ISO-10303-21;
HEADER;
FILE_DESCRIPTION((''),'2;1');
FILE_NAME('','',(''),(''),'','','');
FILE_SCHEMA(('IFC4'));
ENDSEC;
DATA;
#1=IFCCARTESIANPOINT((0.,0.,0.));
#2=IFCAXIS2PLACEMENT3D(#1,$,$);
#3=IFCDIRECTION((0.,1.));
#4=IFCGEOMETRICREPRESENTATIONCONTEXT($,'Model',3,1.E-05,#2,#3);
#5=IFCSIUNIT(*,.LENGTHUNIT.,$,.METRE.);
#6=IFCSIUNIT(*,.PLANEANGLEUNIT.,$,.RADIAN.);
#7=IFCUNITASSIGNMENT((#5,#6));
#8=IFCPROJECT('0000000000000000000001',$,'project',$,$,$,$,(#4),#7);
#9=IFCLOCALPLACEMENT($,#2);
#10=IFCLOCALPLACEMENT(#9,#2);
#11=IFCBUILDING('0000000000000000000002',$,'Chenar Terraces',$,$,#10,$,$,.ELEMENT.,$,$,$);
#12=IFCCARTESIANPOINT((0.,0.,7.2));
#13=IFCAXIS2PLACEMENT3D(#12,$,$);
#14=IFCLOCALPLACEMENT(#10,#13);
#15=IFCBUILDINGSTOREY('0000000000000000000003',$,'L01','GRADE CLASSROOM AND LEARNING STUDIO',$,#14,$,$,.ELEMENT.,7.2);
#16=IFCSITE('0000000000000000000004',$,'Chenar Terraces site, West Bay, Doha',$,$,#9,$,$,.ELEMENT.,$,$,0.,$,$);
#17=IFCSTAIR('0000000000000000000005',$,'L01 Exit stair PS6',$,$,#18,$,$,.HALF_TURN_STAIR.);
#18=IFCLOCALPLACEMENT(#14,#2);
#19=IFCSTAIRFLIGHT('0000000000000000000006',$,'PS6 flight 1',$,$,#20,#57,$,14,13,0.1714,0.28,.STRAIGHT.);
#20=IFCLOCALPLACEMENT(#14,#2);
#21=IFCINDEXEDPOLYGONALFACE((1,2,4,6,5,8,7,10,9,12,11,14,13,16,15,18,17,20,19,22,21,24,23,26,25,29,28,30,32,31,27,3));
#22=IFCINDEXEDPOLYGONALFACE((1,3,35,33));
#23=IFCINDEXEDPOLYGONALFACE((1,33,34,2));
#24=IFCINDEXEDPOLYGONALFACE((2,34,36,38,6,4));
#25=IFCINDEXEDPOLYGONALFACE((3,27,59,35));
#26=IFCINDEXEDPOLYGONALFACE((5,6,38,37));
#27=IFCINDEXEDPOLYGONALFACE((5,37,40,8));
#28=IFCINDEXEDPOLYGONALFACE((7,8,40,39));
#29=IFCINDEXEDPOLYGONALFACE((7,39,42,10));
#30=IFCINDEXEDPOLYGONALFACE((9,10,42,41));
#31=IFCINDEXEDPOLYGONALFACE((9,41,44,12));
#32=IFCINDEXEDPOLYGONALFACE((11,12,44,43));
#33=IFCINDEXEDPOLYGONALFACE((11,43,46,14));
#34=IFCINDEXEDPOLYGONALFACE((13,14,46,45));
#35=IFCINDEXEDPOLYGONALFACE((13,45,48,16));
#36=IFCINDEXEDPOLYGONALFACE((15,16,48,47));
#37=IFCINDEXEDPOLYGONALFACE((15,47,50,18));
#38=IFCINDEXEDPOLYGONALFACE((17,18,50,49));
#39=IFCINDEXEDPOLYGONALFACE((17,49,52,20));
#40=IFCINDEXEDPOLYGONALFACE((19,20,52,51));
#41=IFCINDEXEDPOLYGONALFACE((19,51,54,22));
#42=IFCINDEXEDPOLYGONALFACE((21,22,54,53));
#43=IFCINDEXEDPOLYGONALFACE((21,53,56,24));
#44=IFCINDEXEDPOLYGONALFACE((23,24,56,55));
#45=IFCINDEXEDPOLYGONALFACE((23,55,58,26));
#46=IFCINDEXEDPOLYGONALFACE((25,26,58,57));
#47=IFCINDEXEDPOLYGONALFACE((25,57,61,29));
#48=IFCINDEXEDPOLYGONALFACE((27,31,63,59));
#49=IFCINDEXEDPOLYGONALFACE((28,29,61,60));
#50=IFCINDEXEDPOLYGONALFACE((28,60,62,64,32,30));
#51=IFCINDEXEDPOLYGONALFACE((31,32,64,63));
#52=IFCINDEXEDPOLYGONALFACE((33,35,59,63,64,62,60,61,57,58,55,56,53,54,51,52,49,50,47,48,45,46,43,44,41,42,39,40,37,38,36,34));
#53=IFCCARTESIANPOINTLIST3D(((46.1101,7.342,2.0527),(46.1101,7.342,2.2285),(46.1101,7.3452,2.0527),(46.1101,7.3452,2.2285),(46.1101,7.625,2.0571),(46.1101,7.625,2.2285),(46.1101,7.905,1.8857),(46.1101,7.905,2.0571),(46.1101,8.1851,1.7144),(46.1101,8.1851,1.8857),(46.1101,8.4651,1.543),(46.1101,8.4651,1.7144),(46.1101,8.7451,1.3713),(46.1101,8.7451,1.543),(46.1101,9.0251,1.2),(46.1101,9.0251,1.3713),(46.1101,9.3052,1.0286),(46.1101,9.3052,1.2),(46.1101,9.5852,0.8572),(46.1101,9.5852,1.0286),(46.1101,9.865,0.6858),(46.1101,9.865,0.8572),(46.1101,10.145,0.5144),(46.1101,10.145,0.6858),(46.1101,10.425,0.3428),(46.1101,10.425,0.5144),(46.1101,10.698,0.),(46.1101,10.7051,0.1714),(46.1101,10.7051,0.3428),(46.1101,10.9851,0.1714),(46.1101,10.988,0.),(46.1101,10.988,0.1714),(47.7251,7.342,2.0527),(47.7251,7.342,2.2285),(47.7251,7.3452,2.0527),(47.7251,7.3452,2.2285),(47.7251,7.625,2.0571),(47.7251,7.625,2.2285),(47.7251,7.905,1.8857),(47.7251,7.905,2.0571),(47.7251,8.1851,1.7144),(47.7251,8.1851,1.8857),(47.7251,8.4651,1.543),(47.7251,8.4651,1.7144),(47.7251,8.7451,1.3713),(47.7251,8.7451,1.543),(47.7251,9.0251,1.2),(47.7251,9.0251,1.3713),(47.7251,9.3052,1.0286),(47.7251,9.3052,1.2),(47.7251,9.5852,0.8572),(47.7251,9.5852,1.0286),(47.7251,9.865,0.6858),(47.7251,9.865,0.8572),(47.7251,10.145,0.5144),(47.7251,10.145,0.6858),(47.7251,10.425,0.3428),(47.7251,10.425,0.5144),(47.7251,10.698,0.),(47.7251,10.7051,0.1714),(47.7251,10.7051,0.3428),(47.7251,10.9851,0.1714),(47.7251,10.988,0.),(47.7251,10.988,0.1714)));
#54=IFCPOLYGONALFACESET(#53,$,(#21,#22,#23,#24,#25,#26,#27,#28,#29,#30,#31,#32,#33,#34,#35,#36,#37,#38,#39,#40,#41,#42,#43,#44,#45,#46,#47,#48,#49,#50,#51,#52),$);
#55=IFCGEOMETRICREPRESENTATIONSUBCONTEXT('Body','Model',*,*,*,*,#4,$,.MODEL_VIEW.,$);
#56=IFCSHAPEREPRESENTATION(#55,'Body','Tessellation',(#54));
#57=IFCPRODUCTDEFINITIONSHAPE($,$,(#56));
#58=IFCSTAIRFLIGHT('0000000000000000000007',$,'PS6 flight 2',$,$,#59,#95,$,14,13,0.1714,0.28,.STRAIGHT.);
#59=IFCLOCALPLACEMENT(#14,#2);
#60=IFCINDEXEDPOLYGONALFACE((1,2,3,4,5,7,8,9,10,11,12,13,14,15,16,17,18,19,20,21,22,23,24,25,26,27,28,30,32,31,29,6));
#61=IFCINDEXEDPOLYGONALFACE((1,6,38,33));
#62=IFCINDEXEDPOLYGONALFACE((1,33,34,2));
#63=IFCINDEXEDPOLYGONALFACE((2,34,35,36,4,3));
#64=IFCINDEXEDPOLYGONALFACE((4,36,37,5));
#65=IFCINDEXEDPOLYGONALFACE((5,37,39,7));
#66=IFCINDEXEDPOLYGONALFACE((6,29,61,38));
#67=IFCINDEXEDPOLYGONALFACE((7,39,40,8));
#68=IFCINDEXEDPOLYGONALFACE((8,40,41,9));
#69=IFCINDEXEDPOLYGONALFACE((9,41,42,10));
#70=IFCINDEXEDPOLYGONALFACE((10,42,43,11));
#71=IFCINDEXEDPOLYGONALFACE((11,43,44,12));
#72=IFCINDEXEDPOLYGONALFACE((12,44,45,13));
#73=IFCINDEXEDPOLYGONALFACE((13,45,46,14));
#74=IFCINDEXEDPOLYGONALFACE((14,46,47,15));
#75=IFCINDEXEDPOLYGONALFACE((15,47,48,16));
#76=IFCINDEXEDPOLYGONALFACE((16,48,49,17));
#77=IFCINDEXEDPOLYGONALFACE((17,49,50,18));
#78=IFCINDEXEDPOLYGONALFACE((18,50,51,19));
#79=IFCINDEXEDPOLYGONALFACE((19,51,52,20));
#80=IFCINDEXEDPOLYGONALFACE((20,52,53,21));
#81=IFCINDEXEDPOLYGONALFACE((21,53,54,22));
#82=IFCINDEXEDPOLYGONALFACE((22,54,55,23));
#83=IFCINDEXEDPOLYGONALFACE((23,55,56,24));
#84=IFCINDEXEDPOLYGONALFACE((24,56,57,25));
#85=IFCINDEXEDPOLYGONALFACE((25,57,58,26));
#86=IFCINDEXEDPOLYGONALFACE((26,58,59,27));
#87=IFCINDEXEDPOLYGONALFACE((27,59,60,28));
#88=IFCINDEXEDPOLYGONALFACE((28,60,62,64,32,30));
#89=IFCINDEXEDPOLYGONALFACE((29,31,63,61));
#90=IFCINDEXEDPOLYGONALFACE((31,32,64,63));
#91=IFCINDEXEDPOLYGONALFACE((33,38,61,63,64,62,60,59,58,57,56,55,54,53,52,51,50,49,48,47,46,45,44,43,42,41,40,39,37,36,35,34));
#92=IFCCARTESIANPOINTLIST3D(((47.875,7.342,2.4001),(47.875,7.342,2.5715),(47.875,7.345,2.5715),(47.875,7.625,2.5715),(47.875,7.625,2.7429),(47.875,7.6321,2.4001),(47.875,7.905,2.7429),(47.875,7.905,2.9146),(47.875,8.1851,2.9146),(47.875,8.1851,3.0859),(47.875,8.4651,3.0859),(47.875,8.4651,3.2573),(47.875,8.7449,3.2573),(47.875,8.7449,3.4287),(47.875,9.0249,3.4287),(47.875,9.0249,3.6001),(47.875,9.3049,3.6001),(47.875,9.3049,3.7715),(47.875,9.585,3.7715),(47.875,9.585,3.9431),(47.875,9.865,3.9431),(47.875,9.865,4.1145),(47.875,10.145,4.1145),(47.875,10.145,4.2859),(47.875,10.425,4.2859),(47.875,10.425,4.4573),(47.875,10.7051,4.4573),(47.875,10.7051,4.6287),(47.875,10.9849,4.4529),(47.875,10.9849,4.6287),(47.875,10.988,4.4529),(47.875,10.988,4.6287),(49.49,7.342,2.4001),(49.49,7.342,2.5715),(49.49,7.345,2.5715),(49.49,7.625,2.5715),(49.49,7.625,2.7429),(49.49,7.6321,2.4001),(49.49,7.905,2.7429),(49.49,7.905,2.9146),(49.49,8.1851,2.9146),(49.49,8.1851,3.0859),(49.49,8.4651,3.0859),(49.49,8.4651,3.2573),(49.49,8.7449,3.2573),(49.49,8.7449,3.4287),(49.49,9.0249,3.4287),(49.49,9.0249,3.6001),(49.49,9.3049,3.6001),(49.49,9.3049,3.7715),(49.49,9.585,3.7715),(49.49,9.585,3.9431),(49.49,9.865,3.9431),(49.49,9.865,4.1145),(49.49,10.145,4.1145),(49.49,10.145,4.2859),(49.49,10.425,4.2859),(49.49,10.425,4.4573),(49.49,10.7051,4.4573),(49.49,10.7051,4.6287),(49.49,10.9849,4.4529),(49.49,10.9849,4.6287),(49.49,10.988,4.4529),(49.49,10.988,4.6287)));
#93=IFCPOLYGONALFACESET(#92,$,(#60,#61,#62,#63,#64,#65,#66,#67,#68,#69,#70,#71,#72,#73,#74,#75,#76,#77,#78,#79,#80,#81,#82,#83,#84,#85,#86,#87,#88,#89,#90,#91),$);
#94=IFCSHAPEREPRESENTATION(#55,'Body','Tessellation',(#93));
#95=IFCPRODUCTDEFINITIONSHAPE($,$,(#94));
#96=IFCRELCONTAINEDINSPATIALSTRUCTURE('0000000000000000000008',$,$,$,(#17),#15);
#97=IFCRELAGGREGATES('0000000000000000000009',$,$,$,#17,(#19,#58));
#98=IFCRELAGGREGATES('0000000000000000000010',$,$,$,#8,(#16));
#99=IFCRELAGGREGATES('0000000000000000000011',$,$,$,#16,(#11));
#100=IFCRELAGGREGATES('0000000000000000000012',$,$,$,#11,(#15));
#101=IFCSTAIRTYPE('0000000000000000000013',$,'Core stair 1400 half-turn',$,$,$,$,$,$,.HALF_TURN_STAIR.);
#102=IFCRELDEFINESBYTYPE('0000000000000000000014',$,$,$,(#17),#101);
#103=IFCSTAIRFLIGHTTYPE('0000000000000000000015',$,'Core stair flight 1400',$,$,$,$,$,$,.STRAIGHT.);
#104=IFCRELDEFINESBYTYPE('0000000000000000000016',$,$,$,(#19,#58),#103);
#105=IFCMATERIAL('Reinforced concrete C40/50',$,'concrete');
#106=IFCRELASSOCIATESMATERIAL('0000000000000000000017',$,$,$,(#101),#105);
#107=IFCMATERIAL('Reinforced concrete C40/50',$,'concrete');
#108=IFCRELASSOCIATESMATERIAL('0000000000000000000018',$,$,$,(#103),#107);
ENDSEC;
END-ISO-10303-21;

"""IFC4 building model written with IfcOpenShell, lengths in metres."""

from ifc_helpers import new_model, si_unit, direction, frame, origin, place, context, subcontext, project, spatial, polyline, outline, extrude, material, type_object, element, aggregate, save


model = new_model("IFC4")

# Units and contexts
model_context = context("Model", 3, precision=1e-05, world=origin(), true_north=direction((0.0, 1.0)))
body_context = subcontext(model_context, "Body", "Model", "MODEL_VIEW")
ifc_project = project(units=[si_unit("LENGTHUNIT", "METRE"), si_unit("PLANEANGLEUNIT", "RADIAN")], contexts=[model_context])

# Site, building, storey
site_placement = place(None, origin())
site = spatial("IfcSite", under=ifc_project, at=site_placement, Name="Chenar Terraces site, West Bay, Doha", CompositionType="ELEMENT", RefElevation=0.0)
building_placement = place(site_placement, origin())
building = spatial("IfcBuilding", under=site, at=building_placement, Name="Chenar Terraces", CompositionType="ELEMENT")
storey_placement = place(building_placement, frame((0.0, 0.0, 7.2)))
storey = spatial("IfcBuildingStorey", under=building, at=storey_placement, Name="L01", Description="GRADE CLASSROOM AND LEARNING STUDIO", CompositionType="ELEMENT", Elevation=7.2)

# Shared definitions
ifc_material_1 = material(Name="Reinforced concrete C40/50", Category="concrete")
stair_type = type_object("IfcStairType", Name="Core stair 1400 half-turn", PredefinedType="HALF_TURN_STAIR", material=ifc_material_1)
placement = place(storey_placement, origin())
ifc_material_2 = material(Name="Reinforced concrete C40/50", Category="concrete")
stair_flight_type = type_object("IfcStairFlightType", Name="Core stair flight 1400", PredefinedType="STRAIGHT", material=ifc_material_2)

# Stair, stair flights
stair_1 = element("IfcStair", 1, at=placement, inside=storey, type_object=stair_type, Name="L01 Exit stair PS6", PredefinedType="HALF_TURN_STAIR")
stair_flight_1_placement = place(storey_placement, frame((46.9175, 10.9851, 0.0), z_axis=(0.0, 0.0, 1.0), x_axis=(0.0, -1.0, 0.0)))
stair_flight_1 = element("IfcStairFlight", 2, at=stair_flight_1_placement, type_object=stair_flight_type, Name="PS6 flight 1", NumberOfRisers=14, NumberOfTreads=13, PredefinedType="STRAIGHT", RiserHeight=0.1714, TreadLength=0.28, context=body_context, shape_type="SweptSolid", body=[
    extrude(outline(polyline([(-0.0029, 0.0), (-0.0029, 0.1714), (0.0, 0.1714), (0.28, 0.1714), (0.28, 0.3428), (0.5601, 0.3428), (0.5601, 0.5144), (0.8401, 0.5144), (0.8401, 0.6858), (1.1201, 0.6858), (1.1201, 0.8572), (1.3999, 0.8572), (1.3999, 1.0286), (1.6799, 1.0286), (1.6799, 1.2), (1.96, 1.2), (1.96, 1.3713), (2.24, 1.3713), (2.24, 1.543), (2.52, 1.543), (2.52, 1.7144), (2.8, 1.7144), (2.8, 1.8857), (3.0801, 1.8857), (3.0801, 2.0571), (3.3601, 2.0571), (3.3601, 2.2285), (3.6399, 2.2285), (3.6431, 2.2285), (3.6431, 2.0527), (3.6399, 2.0527), (0.2871, 0.0), (-0.0029, 0.0)])), frame((0.0, 0.8076, 0.0), z_axis=(0.0, -1.0, 0.0), x_axis=(1.0, 0.0, 0.0)), (0.0, 0.0, 1.0), 1.615),
])
stair_flight_2_placement = place(storey_placement, frame((48.6826, 7.345, 2.4001), z_axis=(0.0, 0.0, 1.0), x_axis=(0.0, 1.0, 0.0)))
stair_flight_2 = element("IfcStairFlight", 3, at=stair_flight_2_placement, type_object=stair_flight_type, Name="PS6 flight 2", NumberOfRisers=14, NumberOfTreads=13, PredefinedType="STRAIGHT", RiserHeight=0.1714, TreadLength=0.28, context=body_context, shape_type="SweptSolid", body=[
    extrude(outline(polyline([(-0.0029, 0.0), (-0.0029, 0.1714), (0.0, 0.1714), (0.28, 0.1714), (0.28, 0.3428), (0.5601, 0.3428), (0.5601, 0.5144), (0.8401, 0.5144), (0.8401, 0.6858), (1.1201, 0.6858), (1.1201, 0.8572), (1.3999, 0.8572), (1.3999, 1.0286), (1.6799, 1.0286), (1.6799, 1.2), (1.96, 1.2), (1.96, 1.3713), (2.24, 1.3713), (2.24, 1.543), (2.52, 1.543), (2.52, 1.7144), (2.8, 1.7144), (2.8, 1.8857), (3.0801, 1.8857), (3.0801, 2.0571), (3.3601, 2.0571), (3.3601, 2.2285), (3.6399, 2.2285), (3.6431, 2.2285), (3.6431, 2.0527), (3.6399, 2.0527), (0.2871, 0.0), (-0.0029, 0.0)])), frame((0.0, 0.8076, 0.0), z_axis=(0.0, -1.0, 0.0), x_axis=(1.0, 0.0, 0.0)), (0.0, 0.0, 1.0), 1.615),
])
aggregate(stair_1, [stair_flight_1, stair_flight_2])

save(model, "model.ifc")
